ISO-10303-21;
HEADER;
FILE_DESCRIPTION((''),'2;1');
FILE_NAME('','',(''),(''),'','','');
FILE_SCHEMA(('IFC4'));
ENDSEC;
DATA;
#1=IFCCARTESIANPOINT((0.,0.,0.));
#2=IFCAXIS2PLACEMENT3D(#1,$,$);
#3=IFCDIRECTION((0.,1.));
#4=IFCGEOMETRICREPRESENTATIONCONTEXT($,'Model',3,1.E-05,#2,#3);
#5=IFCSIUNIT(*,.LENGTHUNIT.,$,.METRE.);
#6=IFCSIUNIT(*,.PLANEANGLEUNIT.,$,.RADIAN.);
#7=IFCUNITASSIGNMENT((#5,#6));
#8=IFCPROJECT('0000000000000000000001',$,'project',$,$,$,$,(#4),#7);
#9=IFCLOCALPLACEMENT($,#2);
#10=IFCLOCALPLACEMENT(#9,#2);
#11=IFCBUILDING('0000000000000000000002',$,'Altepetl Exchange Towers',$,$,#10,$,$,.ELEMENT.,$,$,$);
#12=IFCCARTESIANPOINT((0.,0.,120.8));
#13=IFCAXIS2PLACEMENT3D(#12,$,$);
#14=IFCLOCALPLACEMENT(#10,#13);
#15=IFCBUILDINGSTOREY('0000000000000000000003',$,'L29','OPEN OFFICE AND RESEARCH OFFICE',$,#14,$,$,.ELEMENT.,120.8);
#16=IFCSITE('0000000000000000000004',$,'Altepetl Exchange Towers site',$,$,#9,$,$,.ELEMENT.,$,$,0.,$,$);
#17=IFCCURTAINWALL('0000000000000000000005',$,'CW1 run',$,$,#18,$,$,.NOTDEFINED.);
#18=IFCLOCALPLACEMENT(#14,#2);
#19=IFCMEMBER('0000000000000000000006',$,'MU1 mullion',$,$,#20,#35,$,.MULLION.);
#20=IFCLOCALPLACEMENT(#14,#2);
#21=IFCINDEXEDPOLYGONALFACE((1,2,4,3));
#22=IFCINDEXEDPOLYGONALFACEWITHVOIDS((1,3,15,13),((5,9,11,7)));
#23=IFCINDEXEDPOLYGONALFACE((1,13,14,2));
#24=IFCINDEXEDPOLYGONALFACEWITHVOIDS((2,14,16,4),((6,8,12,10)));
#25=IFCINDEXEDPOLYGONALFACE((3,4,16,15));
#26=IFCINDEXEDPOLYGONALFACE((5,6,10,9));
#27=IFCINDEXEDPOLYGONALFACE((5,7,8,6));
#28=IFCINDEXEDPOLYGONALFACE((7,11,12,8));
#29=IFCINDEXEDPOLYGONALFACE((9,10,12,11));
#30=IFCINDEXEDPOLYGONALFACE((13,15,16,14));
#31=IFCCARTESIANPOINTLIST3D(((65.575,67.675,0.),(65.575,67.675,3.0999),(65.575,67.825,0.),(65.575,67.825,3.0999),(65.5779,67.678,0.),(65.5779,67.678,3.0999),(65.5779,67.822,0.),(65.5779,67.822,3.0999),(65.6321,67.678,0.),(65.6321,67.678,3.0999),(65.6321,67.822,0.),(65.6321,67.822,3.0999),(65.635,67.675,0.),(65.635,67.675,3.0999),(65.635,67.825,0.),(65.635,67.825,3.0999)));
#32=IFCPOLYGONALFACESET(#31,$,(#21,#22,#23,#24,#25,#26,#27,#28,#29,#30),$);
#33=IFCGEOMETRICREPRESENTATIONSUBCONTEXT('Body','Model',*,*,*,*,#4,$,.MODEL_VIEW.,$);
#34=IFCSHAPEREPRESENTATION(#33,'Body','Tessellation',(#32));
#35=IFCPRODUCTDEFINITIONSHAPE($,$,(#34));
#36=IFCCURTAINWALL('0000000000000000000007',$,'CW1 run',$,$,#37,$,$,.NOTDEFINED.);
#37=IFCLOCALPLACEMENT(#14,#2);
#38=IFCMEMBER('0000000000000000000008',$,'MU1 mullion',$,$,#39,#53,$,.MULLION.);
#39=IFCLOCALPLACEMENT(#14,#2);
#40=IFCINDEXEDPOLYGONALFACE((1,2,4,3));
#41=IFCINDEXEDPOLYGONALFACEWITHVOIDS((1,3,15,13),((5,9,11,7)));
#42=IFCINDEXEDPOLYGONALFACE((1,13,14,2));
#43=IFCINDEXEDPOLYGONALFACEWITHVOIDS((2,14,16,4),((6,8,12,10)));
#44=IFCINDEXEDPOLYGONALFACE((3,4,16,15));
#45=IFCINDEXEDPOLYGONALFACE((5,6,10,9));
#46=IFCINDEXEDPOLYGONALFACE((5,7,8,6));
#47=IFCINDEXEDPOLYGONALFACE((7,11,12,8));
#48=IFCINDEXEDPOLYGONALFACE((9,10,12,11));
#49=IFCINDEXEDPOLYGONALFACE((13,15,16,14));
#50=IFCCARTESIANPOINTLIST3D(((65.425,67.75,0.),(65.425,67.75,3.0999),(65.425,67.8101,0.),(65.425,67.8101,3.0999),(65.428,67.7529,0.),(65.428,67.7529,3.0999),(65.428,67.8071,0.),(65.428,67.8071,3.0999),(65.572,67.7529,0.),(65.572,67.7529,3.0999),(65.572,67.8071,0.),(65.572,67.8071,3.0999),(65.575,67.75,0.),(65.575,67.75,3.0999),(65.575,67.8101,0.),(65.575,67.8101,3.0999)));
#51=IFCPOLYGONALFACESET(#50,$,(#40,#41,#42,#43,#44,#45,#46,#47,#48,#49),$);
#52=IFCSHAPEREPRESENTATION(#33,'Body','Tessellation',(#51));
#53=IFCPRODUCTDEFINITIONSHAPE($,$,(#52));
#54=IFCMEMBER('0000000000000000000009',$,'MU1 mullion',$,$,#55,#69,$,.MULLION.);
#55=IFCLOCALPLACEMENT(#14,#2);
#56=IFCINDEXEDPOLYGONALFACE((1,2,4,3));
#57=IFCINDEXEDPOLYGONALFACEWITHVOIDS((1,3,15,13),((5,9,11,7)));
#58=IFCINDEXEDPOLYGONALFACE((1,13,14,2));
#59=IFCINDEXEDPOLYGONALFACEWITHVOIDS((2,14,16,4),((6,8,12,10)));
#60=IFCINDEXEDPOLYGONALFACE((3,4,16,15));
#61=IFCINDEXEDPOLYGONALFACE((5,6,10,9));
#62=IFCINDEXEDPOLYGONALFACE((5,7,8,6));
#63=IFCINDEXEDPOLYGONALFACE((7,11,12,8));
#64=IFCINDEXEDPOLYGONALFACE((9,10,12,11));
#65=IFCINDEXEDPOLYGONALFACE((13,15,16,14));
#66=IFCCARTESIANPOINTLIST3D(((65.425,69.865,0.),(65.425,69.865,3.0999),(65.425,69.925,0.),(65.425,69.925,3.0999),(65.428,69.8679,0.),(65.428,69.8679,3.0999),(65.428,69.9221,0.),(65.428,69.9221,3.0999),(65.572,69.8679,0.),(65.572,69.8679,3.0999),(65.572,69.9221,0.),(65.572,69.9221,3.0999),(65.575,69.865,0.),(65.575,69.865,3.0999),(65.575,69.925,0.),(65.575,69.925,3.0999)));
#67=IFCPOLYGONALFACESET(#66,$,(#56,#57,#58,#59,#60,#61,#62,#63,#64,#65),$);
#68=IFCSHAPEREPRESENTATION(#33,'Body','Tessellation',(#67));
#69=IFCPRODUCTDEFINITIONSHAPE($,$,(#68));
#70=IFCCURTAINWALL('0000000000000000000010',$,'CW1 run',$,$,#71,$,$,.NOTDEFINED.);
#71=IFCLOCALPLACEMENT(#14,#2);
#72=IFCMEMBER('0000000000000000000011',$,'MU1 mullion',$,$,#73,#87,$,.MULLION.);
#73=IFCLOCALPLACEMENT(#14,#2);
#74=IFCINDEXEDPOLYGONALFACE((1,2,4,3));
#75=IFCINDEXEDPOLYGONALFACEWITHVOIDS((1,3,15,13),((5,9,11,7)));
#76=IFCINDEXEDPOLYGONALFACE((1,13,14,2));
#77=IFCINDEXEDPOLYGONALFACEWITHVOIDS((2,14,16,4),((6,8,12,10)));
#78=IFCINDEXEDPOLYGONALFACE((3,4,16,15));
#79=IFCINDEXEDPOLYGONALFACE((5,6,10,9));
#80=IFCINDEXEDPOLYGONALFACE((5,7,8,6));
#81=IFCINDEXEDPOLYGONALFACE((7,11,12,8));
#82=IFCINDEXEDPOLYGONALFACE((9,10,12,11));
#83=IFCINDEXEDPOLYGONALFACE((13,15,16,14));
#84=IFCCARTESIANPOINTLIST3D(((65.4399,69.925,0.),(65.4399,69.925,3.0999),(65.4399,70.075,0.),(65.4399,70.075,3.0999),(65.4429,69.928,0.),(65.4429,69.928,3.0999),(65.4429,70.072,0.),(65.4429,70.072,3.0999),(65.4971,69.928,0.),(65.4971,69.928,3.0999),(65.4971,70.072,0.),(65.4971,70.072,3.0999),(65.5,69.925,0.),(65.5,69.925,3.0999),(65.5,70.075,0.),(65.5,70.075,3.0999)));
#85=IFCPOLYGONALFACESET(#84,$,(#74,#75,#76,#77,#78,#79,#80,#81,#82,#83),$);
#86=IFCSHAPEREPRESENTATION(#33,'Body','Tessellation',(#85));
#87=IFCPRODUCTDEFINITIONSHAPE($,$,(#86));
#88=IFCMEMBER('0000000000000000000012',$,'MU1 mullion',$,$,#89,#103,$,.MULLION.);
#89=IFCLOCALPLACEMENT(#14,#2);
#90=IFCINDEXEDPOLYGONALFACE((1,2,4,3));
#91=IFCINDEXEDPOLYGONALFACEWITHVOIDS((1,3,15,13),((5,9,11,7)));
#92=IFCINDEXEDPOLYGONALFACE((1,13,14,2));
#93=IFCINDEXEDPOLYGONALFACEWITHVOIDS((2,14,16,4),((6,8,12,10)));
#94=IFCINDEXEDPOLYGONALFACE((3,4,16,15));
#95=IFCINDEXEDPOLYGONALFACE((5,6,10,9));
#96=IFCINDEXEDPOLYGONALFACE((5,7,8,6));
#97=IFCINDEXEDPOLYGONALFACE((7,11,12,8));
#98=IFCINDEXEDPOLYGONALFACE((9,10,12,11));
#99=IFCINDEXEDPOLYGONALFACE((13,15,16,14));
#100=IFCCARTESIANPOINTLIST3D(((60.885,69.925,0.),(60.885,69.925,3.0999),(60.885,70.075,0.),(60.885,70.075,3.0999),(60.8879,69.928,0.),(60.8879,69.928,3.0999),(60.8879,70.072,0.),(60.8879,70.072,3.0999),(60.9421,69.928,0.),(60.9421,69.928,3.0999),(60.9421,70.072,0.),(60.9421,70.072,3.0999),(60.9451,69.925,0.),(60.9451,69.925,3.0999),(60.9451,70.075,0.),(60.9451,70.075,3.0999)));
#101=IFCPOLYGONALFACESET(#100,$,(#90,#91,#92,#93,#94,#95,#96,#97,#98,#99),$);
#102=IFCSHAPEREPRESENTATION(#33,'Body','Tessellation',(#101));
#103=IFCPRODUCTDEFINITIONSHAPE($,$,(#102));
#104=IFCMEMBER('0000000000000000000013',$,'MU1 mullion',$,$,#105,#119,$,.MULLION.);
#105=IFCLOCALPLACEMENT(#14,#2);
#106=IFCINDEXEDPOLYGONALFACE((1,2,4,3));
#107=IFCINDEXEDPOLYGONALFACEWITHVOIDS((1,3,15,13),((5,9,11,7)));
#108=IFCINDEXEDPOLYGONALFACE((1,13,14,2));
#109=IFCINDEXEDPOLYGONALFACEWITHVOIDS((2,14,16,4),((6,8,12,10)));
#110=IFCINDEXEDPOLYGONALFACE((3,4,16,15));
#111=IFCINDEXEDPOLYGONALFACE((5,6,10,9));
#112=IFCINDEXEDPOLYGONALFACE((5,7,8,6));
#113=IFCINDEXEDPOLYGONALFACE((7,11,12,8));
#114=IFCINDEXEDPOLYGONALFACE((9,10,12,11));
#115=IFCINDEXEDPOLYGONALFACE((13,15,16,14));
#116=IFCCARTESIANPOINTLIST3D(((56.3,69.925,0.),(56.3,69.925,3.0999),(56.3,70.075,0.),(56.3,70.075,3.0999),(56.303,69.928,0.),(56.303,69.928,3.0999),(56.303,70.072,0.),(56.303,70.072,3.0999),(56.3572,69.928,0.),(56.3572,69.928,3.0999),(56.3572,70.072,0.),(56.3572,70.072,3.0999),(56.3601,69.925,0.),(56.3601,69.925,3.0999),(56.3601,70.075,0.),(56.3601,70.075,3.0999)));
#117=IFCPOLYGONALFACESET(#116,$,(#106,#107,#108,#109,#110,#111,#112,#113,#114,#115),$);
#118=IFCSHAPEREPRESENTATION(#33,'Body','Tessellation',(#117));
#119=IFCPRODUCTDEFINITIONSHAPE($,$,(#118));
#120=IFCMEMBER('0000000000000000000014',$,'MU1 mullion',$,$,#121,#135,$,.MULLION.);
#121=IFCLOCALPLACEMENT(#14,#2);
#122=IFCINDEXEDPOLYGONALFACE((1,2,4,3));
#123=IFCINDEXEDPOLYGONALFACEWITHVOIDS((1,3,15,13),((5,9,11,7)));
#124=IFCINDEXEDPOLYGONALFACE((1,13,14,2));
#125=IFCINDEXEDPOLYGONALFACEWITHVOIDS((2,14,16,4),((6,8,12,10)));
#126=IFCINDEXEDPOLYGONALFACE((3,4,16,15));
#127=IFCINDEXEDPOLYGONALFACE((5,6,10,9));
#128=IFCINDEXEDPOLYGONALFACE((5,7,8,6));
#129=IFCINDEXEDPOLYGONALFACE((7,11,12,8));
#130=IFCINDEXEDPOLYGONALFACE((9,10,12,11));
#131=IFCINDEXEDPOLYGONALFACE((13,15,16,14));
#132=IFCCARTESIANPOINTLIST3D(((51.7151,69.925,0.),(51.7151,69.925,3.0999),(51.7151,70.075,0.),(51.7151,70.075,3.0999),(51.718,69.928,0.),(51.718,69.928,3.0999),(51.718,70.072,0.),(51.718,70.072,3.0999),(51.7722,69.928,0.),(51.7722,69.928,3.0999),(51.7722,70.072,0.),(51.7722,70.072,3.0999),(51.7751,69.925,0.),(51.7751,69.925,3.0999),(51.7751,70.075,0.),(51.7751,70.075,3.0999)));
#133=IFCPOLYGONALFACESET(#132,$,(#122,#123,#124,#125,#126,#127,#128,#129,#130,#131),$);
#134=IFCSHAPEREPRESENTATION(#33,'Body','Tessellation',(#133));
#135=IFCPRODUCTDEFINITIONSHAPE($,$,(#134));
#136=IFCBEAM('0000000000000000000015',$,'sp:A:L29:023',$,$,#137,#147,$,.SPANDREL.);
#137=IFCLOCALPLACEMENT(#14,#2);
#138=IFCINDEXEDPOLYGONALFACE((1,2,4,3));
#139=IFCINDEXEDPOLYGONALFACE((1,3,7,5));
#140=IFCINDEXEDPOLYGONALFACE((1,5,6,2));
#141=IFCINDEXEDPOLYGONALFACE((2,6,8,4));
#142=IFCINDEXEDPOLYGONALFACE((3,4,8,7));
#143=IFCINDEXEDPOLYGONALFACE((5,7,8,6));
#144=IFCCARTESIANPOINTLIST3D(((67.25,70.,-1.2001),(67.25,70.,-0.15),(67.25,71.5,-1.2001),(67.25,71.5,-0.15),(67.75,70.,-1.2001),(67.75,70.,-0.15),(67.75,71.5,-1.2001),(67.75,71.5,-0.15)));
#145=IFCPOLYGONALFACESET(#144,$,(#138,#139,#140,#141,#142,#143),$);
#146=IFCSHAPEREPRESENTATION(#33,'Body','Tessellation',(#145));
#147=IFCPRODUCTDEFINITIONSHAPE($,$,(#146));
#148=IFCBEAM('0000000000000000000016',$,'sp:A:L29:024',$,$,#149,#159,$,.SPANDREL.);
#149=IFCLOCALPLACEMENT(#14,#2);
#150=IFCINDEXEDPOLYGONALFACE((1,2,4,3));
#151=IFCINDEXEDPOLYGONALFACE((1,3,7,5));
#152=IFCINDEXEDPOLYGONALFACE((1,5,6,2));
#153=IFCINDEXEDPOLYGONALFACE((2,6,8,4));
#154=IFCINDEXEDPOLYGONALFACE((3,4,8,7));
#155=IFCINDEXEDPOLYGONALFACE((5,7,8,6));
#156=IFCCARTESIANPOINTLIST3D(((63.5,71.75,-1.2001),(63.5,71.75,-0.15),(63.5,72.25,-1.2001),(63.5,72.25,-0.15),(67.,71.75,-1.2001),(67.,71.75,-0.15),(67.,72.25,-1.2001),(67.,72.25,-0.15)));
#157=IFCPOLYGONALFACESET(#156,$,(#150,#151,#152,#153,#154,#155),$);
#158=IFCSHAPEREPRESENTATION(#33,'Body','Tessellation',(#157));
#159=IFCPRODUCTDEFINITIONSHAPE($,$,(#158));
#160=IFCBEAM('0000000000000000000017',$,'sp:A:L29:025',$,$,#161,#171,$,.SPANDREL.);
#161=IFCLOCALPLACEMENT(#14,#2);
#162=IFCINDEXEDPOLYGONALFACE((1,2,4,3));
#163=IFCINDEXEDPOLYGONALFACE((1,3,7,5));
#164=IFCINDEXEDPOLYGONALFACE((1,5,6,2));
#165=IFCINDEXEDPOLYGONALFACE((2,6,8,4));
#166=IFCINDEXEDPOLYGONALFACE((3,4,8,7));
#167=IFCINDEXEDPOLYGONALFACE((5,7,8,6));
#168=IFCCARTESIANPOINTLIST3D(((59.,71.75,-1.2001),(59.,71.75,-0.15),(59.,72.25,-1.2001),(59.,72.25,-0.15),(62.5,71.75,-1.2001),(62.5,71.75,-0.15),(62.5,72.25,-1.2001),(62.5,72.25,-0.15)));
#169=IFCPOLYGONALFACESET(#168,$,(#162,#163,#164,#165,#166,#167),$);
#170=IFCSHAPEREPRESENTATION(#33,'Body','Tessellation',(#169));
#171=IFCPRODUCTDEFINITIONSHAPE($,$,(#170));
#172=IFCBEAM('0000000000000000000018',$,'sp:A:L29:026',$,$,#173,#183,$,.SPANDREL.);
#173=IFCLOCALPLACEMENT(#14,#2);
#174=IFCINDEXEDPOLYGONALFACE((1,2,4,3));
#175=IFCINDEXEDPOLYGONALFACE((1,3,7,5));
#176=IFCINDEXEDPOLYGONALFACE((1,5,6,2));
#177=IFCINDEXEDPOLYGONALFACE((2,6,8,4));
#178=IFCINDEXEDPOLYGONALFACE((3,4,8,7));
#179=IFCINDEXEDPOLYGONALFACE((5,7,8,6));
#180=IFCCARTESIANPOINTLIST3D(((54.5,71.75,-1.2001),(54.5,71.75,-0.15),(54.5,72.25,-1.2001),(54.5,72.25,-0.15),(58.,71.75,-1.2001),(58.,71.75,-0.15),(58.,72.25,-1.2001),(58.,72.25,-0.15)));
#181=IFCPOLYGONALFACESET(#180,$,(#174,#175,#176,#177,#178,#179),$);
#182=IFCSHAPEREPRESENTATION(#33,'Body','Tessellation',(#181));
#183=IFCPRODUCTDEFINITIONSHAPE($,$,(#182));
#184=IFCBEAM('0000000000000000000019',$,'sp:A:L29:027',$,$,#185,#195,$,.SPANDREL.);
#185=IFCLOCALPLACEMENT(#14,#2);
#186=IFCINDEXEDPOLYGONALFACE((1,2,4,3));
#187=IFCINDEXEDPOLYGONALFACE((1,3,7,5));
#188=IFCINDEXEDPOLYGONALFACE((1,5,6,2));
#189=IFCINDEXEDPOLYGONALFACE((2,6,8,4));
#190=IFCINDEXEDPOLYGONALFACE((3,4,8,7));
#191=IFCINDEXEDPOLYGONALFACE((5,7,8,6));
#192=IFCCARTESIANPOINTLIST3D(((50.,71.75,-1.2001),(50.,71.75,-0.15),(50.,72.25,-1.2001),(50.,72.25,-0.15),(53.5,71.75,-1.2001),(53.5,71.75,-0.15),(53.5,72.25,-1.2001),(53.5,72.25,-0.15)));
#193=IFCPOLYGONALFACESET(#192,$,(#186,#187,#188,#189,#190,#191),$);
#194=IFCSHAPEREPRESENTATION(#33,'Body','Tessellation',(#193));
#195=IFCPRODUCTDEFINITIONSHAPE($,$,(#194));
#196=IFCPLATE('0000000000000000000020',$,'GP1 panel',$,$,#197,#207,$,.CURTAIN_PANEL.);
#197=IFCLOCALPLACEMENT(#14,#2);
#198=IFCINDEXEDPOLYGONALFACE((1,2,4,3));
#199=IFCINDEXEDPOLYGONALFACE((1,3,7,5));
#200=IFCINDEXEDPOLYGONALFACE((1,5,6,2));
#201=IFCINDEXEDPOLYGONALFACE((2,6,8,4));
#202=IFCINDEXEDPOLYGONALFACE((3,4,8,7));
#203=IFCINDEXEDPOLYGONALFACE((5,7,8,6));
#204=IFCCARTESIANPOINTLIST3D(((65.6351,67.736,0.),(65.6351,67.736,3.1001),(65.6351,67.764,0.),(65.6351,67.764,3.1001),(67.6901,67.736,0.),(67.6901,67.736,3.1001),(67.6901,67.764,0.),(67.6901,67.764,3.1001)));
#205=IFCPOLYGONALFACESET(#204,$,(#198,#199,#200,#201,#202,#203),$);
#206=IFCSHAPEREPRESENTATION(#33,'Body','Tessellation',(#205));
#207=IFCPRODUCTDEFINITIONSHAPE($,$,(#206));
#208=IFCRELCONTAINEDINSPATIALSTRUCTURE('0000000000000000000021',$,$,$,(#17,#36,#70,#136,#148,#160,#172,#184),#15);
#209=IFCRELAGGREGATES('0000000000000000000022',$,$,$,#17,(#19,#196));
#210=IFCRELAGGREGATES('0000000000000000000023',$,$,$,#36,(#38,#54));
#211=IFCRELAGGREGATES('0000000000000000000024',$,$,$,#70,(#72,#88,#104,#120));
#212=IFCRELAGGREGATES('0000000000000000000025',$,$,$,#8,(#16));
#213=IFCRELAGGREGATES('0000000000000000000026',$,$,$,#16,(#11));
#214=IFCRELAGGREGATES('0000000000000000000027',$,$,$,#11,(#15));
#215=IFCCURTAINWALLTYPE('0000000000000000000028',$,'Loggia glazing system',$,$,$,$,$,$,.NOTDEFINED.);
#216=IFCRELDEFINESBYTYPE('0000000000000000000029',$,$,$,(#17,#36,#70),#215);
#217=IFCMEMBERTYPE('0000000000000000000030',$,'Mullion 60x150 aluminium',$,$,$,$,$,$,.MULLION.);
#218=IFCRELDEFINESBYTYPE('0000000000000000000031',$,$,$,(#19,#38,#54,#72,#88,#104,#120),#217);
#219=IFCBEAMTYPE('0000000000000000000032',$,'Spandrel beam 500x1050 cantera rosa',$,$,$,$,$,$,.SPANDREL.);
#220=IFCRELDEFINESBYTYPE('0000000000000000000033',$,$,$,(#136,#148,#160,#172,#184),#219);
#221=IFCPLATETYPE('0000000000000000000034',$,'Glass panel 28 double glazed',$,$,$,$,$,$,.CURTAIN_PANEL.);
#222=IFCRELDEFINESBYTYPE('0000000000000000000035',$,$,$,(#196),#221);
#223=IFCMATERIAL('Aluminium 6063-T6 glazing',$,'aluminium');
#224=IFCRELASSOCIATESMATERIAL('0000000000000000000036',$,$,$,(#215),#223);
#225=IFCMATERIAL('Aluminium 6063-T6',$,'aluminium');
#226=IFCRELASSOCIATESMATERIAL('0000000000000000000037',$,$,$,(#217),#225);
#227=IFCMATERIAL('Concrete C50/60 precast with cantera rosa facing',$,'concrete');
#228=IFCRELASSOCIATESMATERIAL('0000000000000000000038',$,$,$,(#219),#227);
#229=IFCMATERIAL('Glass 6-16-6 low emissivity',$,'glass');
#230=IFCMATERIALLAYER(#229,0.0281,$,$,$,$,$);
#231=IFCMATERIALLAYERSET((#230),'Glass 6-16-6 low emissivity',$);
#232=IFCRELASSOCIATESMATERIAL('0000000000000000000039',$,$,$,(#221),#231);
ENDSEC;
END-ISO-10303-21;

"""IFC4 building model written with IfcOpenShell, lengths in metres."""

from ifc_helpers import new_model, si_unit, direction, frame, origin, origin_2d, place, context, subcontext, project, spatial, rectangle, hollow_rectangle, extrude, material, layer, layer_set, material_profile, profile_set, type_object, element, aggregate, save


model = new_model("IFC4")

# Units and contexts
model_context = context("Model", 3, precision=1e-05, world=origin(), true_north=direction((0.0, 1.0)))
body_context = subcontext(model_context, "Body", "Model", "MODEL_VIEW")
ifc_project = project(units=[si_unit("LENGTHUNIT", "METRE"), si_unit("PLANEANGLEUNIT", "RADIAN")], contexts=[model_context])

# Site, building, storey
site_placement = place(None, origin())
site = spatial("IfcSite", under=ifc_project, at=site_placement, Name="Altepetl Exchange Towers site", CompositionType="ELEMENT", RefElevation=0.0)
building_placement = place(site_placement, origin())
building = spatial("IfcBuilding", under=site, at=building_placement, Name="Altepetl Exchange Towers", CompositionType="ELEMENT")
storey_placement = place(building_placement, frame((0.0, 0.0, 120.8)))
storey = spatial("IfcBuildingStorey", under=building, at=storey_placement, Name="L29", Description="OPEN OFFICE AND RESEARCH OFFICE", CompositionType="ELEMENT", Elevation=120.8)

# Shared definitions
ifc_material_1 = material(Name="Aluminium 6063-T6 glazing", Category="aluminium")
curtain_wall_type = type_object("IfcCurtainWallType", Name="Loggia glazing system", PredefinedType="NOTDEFINED", material=ifc_material_1)
ifc_material_2 = material(Name="Aluminium 6063-T6", Category="aluminium")
ifc_material_profile_1 = material_profile(ifc_material_2, hollow_rectangle(XDim=0.0601, YDim=0.1499, WallThickness=0.0029, at=origin_2d()), Name="Mullion 60x150 aluminium")
ifc_profile_set_1 = profile_set([ifc_material_profile_1], Name="Aluminium 6063-T6")
member_type = type_object("IfcMemberType", Name="Mullion 60x150 aluminium", PredefinedType="MULLION", material=ifc_profile_set_1)

# Curtain walls, members
curtain_wall_1_placement = place(storey_placement, origin())
curtain_wall_1 = element("IfcCurtainWall", 1, at=curtain_wall_1_placement, inside=storey, type_object=curtain_wall_type, Name="CW1 run", PredefinedType="NOTDEFINED")
member_1_placement = place(storey_placement, frame((65.605, 67.75, 0.0), z_axis=(0.0, 0.0, 1.0), x_axis=(-1.0, 0.0, 0.0)))
member_1 = element("IfcMember", 2, at=member_1_placement, type_object=member_type, Name="MU1 mullion", PredefinedType="MULLION", context=body_context, shape_type="SweptSolid", body=[
    extrude(hollow_rectangle(XDim=0.0601, YDim=0.1499, WallThickness=0.0029, at=origin_2d()), origin(), (0.0, 0.0, 1.0), 3.0999),
])
curtain_wall_2_placement = place(storey_placement, origin())
curtain_wall_2 = element("IfcCurtainWall", 3, at=curtain_wall_2_placement, inside=storey, type_object=curtain_wall_type, Name="CW1 run", PredefinedType="NOTDEFINED")
member_2_placement = place(storey_placement, frame((65.5, 67.78, 0.0), z_axis=(0.0, 0.0, 1.0), x_axis=(0.0, 1.0, 0.0)))
member_2 = element("IfcMember", 4, at=member_2_placement, type_object=member_type, Name="MU1 mullion", PredefinedType="MULLION", context=body_context, shape_type="SweptSolid", body=[
    extrude(hollow_rectangle(XDim=0.0601, YDim=0.1499, WallThickness=0.0029, at=origin_2d()), origin(), (0.0, 0.0, 1.0), 3.0999),
])
member_3_placement = place(storey_placement, frame((65.5, 69.895, 0.0), z_axis=(0.0, 0.0, 1.0), x_axis=(0.0, 1.0, 0.0)))
member_3 = element("IfcMember", 5, at=member_3_placement, type_object=member_type, Name="MU1 mullion", PredefinedType="MULLION", context=body_context, shape_type="SweptSolid", body=[
    extrude(hollow_rectangle(XDim=0.0601, YDim=0.1499, WallThickness=0.0029, at=origin_2d()), origin(), (0.0, 0.0, 1.0), 3.0999),
])
curtain_wall_3_placement = place(storey_placement, origin())
curtain_wall_3 = element("IfcCurtainWall", 6, at=curtain_wall_3_placement, inside=storey, type_object=curtain_wall_type, Name="CW1 run", PredefinedType="NOTDEFINED")
member_4_placement = place(storey_placement, frame((65.47, 70.0, 0.0), z_axis=(0.0, 0.0, 1.0), x_axis=(-1.0, 0.0, 0.0)))
member_4 = element("IfcMember", 7, at=member_4_placement, type_object=member_type, Name="MU1 mullion", PredefinedType="MULLION", context=body_context, shape_type="SweptSolid", body=[
    extrude(hollow_rectangle(XDim=0.0601, YDim=0.1499, WallThickness=0.0029, at=origin_2d()), origin(), (0.0, 0.0, 1.0), 3.0999),
])
member_5_placement = place(storey_placement, frame((60.915, 70.0, 0.0), z_axis=(0.0, 0.0, 1.0), x_axis=(-1.0, 0.0, 0.0)))
member_5 = element("IfcMember", 8, at=member_5_placement, type_object=member_type, Name="MU1 mullion", PredefinedType="MULLION", context=body_context, shape_type="SweptSolid", body=[
    extrude(hollow_rectangle(XDim=0.0601, YDim=0.1499, WallThickness=0.0029, at=origin_2d()), origin(), (0.0, 0.0, 1.0), 3.0999),
])
member_6_placement = place(storey_placement, frame((56.3301, 70.0, 0.0), z_axis=(0.0, 0.0, 1.0), x_axis=(-1.0, 0.0, 0.0)))
member_6 = element("IfcMember", 9, at=member_6_placement, type_object=member_type, Name="MU1 mullion", PredefinedType="MULLION", context=body_context, shape_type="SweptSolid", body=[
    extrude(hollow_rectangle(XDim=0.0601, YDim=0.1499, WallThickness=0.0029, at=origin_2d()), origin(), (0.0, 0.0, 1.0), 3.0999),
])
member_7_placement = place(storey_placement, frame((51.7451, 70.0, 0.0), z_axis=(0.0, 0.0, 1.0), x_axis=(-1.0, 0.0, 0.0)))
member_7 = element("IfcMember", 10, at=member_7_placement, type_object=member_type, Name="MU1 mullion", PredefinedType="MULLION", context=body_context, shape_type="SweptSolid", body=[
    extrude(hollow_rectangle(XDim=0.0601, YDim=0.1499, WallThickness=0.0029, at=origin_2d()), origin(), (0.0, 0.0, 1.0), 3.0999),
])

# Beams
ifc_material_3 = material(Name="Concrete C50/60 precast with cantera rosa facing", Category="concrete")
ifc_material_profile_2 = material_profile(ifc_material_3, rectangle(XDim=0.5, YDim=1.05, at=origin_2d()), Name="500 x 1050")
ifc_profile_set_2 = profile_set([ifc_material_profile_2], Name="Concrete C50/60 precast with cantera rosa facing")
beam_type_1 = type_object("IfcBeamType", Name="Spandrel beam 500x1050 cantera rosa", PredefinedType="SPANDREL", material=ifc_profile_set_2)
beam_1_placement = place(storey_placement, frame((67.5, 70.0, -0.675), z_axis=(0.0, 1.0, 0.0), x_axis=(-1.0, 0.0, 0.0)))
element("IfcBeam", 11, at=beam_1_placement, inside=storey, type_object=beam_type_1, Name="sp:A:L29:023", PredefinedType="SPANDREL", context=body_context, shape_type="SweptSolid", body=[
    extrude(rectangle(XDim=0.5, YDim=1.05, at=origin_2d()), origin(), (0.0, 0.0, 1.0), 1.5),
])
for number, where, z_axis, x_axis, name in (
    (12, (67.0, 72.0, -0.675), (-1.0, 0.0, 0.0), (0.0, -1.0, 0.0), "sp:A:L29:024"),
    (13, (62.5, 72.0, -0.675), (-1.0, 0.0, 0.0), (0.0, -1.0, 0.0), "sp:A:L29:025"),
    (14, (58.0, 72.0, -0.675), (-1.0, 0.0, 0.0), (0.0, -1.0, 0.0), "sp:A:L29:026"),
    (15, (53.5, 72.0, -0.675), (-1.0, 0.0, 0.0), (0.0, -1.0, 0.0), "sp:A:L29:027"),
):
    element("IfcBeam", number, at=place(storey_placement, frame(where, z_axis=z_axis, x_axis=x_axis)), inside=storey, type_object=beam_type_1, Name=name, PredefinedType="SPANDREL", context=body_context, shape_type="SweptSolid", body=[
        extrude(rectangle(XDim=0.5, YDim=1.05, at=origin_2d()), origin(), (0.0, 0.0, 1.0), 3.5),
    ])

# Plate
ifc_material_4 = material(Name="Glass 6-16-6 low emissivity", Category="glass")
ifc_layer_1 = layer(ifc_material_4, 0.0281)
ifc_layer_set_1 = layer_set([ifc_layer_1], Name="Glass 6-16-6 low emissivity")
plate_type = type_object("IfcPlateType", Name="Glass panel 28 double glazed", PredefinedType="CURTAIN_PANEL", material=ifc_layer_set_1)
plate_1_placement = place(storey_placement, frame((66.6626, 67.75, 0.0), z_axis=(0.0, 0.0, 1.0), x_axis=(-1.0, 0.0, 0.0)))
plate_1 = element("IfcPlate", 16, at=plate_1_placement, type_object=plate_type, Name="GP1 panel", PredefinedType="CURTAIN_PANEL", context=body_context, shape_type="SweptSolid", body=[
    extrude(rectangle(XDim=2.0549, YDim=0.0281, at=origin_2d()), origin(), (0.0, 0.0, 1.0), 3.1001),
])
aggregate(curtain_wall_1, [member_1, plate_1])
aggregate(curtain_wall_2, [member_2, member_3])
aggregate(curtain_wall_3, [member_4, member_5, member_6, member_7])

save(model, "model.ifc")
